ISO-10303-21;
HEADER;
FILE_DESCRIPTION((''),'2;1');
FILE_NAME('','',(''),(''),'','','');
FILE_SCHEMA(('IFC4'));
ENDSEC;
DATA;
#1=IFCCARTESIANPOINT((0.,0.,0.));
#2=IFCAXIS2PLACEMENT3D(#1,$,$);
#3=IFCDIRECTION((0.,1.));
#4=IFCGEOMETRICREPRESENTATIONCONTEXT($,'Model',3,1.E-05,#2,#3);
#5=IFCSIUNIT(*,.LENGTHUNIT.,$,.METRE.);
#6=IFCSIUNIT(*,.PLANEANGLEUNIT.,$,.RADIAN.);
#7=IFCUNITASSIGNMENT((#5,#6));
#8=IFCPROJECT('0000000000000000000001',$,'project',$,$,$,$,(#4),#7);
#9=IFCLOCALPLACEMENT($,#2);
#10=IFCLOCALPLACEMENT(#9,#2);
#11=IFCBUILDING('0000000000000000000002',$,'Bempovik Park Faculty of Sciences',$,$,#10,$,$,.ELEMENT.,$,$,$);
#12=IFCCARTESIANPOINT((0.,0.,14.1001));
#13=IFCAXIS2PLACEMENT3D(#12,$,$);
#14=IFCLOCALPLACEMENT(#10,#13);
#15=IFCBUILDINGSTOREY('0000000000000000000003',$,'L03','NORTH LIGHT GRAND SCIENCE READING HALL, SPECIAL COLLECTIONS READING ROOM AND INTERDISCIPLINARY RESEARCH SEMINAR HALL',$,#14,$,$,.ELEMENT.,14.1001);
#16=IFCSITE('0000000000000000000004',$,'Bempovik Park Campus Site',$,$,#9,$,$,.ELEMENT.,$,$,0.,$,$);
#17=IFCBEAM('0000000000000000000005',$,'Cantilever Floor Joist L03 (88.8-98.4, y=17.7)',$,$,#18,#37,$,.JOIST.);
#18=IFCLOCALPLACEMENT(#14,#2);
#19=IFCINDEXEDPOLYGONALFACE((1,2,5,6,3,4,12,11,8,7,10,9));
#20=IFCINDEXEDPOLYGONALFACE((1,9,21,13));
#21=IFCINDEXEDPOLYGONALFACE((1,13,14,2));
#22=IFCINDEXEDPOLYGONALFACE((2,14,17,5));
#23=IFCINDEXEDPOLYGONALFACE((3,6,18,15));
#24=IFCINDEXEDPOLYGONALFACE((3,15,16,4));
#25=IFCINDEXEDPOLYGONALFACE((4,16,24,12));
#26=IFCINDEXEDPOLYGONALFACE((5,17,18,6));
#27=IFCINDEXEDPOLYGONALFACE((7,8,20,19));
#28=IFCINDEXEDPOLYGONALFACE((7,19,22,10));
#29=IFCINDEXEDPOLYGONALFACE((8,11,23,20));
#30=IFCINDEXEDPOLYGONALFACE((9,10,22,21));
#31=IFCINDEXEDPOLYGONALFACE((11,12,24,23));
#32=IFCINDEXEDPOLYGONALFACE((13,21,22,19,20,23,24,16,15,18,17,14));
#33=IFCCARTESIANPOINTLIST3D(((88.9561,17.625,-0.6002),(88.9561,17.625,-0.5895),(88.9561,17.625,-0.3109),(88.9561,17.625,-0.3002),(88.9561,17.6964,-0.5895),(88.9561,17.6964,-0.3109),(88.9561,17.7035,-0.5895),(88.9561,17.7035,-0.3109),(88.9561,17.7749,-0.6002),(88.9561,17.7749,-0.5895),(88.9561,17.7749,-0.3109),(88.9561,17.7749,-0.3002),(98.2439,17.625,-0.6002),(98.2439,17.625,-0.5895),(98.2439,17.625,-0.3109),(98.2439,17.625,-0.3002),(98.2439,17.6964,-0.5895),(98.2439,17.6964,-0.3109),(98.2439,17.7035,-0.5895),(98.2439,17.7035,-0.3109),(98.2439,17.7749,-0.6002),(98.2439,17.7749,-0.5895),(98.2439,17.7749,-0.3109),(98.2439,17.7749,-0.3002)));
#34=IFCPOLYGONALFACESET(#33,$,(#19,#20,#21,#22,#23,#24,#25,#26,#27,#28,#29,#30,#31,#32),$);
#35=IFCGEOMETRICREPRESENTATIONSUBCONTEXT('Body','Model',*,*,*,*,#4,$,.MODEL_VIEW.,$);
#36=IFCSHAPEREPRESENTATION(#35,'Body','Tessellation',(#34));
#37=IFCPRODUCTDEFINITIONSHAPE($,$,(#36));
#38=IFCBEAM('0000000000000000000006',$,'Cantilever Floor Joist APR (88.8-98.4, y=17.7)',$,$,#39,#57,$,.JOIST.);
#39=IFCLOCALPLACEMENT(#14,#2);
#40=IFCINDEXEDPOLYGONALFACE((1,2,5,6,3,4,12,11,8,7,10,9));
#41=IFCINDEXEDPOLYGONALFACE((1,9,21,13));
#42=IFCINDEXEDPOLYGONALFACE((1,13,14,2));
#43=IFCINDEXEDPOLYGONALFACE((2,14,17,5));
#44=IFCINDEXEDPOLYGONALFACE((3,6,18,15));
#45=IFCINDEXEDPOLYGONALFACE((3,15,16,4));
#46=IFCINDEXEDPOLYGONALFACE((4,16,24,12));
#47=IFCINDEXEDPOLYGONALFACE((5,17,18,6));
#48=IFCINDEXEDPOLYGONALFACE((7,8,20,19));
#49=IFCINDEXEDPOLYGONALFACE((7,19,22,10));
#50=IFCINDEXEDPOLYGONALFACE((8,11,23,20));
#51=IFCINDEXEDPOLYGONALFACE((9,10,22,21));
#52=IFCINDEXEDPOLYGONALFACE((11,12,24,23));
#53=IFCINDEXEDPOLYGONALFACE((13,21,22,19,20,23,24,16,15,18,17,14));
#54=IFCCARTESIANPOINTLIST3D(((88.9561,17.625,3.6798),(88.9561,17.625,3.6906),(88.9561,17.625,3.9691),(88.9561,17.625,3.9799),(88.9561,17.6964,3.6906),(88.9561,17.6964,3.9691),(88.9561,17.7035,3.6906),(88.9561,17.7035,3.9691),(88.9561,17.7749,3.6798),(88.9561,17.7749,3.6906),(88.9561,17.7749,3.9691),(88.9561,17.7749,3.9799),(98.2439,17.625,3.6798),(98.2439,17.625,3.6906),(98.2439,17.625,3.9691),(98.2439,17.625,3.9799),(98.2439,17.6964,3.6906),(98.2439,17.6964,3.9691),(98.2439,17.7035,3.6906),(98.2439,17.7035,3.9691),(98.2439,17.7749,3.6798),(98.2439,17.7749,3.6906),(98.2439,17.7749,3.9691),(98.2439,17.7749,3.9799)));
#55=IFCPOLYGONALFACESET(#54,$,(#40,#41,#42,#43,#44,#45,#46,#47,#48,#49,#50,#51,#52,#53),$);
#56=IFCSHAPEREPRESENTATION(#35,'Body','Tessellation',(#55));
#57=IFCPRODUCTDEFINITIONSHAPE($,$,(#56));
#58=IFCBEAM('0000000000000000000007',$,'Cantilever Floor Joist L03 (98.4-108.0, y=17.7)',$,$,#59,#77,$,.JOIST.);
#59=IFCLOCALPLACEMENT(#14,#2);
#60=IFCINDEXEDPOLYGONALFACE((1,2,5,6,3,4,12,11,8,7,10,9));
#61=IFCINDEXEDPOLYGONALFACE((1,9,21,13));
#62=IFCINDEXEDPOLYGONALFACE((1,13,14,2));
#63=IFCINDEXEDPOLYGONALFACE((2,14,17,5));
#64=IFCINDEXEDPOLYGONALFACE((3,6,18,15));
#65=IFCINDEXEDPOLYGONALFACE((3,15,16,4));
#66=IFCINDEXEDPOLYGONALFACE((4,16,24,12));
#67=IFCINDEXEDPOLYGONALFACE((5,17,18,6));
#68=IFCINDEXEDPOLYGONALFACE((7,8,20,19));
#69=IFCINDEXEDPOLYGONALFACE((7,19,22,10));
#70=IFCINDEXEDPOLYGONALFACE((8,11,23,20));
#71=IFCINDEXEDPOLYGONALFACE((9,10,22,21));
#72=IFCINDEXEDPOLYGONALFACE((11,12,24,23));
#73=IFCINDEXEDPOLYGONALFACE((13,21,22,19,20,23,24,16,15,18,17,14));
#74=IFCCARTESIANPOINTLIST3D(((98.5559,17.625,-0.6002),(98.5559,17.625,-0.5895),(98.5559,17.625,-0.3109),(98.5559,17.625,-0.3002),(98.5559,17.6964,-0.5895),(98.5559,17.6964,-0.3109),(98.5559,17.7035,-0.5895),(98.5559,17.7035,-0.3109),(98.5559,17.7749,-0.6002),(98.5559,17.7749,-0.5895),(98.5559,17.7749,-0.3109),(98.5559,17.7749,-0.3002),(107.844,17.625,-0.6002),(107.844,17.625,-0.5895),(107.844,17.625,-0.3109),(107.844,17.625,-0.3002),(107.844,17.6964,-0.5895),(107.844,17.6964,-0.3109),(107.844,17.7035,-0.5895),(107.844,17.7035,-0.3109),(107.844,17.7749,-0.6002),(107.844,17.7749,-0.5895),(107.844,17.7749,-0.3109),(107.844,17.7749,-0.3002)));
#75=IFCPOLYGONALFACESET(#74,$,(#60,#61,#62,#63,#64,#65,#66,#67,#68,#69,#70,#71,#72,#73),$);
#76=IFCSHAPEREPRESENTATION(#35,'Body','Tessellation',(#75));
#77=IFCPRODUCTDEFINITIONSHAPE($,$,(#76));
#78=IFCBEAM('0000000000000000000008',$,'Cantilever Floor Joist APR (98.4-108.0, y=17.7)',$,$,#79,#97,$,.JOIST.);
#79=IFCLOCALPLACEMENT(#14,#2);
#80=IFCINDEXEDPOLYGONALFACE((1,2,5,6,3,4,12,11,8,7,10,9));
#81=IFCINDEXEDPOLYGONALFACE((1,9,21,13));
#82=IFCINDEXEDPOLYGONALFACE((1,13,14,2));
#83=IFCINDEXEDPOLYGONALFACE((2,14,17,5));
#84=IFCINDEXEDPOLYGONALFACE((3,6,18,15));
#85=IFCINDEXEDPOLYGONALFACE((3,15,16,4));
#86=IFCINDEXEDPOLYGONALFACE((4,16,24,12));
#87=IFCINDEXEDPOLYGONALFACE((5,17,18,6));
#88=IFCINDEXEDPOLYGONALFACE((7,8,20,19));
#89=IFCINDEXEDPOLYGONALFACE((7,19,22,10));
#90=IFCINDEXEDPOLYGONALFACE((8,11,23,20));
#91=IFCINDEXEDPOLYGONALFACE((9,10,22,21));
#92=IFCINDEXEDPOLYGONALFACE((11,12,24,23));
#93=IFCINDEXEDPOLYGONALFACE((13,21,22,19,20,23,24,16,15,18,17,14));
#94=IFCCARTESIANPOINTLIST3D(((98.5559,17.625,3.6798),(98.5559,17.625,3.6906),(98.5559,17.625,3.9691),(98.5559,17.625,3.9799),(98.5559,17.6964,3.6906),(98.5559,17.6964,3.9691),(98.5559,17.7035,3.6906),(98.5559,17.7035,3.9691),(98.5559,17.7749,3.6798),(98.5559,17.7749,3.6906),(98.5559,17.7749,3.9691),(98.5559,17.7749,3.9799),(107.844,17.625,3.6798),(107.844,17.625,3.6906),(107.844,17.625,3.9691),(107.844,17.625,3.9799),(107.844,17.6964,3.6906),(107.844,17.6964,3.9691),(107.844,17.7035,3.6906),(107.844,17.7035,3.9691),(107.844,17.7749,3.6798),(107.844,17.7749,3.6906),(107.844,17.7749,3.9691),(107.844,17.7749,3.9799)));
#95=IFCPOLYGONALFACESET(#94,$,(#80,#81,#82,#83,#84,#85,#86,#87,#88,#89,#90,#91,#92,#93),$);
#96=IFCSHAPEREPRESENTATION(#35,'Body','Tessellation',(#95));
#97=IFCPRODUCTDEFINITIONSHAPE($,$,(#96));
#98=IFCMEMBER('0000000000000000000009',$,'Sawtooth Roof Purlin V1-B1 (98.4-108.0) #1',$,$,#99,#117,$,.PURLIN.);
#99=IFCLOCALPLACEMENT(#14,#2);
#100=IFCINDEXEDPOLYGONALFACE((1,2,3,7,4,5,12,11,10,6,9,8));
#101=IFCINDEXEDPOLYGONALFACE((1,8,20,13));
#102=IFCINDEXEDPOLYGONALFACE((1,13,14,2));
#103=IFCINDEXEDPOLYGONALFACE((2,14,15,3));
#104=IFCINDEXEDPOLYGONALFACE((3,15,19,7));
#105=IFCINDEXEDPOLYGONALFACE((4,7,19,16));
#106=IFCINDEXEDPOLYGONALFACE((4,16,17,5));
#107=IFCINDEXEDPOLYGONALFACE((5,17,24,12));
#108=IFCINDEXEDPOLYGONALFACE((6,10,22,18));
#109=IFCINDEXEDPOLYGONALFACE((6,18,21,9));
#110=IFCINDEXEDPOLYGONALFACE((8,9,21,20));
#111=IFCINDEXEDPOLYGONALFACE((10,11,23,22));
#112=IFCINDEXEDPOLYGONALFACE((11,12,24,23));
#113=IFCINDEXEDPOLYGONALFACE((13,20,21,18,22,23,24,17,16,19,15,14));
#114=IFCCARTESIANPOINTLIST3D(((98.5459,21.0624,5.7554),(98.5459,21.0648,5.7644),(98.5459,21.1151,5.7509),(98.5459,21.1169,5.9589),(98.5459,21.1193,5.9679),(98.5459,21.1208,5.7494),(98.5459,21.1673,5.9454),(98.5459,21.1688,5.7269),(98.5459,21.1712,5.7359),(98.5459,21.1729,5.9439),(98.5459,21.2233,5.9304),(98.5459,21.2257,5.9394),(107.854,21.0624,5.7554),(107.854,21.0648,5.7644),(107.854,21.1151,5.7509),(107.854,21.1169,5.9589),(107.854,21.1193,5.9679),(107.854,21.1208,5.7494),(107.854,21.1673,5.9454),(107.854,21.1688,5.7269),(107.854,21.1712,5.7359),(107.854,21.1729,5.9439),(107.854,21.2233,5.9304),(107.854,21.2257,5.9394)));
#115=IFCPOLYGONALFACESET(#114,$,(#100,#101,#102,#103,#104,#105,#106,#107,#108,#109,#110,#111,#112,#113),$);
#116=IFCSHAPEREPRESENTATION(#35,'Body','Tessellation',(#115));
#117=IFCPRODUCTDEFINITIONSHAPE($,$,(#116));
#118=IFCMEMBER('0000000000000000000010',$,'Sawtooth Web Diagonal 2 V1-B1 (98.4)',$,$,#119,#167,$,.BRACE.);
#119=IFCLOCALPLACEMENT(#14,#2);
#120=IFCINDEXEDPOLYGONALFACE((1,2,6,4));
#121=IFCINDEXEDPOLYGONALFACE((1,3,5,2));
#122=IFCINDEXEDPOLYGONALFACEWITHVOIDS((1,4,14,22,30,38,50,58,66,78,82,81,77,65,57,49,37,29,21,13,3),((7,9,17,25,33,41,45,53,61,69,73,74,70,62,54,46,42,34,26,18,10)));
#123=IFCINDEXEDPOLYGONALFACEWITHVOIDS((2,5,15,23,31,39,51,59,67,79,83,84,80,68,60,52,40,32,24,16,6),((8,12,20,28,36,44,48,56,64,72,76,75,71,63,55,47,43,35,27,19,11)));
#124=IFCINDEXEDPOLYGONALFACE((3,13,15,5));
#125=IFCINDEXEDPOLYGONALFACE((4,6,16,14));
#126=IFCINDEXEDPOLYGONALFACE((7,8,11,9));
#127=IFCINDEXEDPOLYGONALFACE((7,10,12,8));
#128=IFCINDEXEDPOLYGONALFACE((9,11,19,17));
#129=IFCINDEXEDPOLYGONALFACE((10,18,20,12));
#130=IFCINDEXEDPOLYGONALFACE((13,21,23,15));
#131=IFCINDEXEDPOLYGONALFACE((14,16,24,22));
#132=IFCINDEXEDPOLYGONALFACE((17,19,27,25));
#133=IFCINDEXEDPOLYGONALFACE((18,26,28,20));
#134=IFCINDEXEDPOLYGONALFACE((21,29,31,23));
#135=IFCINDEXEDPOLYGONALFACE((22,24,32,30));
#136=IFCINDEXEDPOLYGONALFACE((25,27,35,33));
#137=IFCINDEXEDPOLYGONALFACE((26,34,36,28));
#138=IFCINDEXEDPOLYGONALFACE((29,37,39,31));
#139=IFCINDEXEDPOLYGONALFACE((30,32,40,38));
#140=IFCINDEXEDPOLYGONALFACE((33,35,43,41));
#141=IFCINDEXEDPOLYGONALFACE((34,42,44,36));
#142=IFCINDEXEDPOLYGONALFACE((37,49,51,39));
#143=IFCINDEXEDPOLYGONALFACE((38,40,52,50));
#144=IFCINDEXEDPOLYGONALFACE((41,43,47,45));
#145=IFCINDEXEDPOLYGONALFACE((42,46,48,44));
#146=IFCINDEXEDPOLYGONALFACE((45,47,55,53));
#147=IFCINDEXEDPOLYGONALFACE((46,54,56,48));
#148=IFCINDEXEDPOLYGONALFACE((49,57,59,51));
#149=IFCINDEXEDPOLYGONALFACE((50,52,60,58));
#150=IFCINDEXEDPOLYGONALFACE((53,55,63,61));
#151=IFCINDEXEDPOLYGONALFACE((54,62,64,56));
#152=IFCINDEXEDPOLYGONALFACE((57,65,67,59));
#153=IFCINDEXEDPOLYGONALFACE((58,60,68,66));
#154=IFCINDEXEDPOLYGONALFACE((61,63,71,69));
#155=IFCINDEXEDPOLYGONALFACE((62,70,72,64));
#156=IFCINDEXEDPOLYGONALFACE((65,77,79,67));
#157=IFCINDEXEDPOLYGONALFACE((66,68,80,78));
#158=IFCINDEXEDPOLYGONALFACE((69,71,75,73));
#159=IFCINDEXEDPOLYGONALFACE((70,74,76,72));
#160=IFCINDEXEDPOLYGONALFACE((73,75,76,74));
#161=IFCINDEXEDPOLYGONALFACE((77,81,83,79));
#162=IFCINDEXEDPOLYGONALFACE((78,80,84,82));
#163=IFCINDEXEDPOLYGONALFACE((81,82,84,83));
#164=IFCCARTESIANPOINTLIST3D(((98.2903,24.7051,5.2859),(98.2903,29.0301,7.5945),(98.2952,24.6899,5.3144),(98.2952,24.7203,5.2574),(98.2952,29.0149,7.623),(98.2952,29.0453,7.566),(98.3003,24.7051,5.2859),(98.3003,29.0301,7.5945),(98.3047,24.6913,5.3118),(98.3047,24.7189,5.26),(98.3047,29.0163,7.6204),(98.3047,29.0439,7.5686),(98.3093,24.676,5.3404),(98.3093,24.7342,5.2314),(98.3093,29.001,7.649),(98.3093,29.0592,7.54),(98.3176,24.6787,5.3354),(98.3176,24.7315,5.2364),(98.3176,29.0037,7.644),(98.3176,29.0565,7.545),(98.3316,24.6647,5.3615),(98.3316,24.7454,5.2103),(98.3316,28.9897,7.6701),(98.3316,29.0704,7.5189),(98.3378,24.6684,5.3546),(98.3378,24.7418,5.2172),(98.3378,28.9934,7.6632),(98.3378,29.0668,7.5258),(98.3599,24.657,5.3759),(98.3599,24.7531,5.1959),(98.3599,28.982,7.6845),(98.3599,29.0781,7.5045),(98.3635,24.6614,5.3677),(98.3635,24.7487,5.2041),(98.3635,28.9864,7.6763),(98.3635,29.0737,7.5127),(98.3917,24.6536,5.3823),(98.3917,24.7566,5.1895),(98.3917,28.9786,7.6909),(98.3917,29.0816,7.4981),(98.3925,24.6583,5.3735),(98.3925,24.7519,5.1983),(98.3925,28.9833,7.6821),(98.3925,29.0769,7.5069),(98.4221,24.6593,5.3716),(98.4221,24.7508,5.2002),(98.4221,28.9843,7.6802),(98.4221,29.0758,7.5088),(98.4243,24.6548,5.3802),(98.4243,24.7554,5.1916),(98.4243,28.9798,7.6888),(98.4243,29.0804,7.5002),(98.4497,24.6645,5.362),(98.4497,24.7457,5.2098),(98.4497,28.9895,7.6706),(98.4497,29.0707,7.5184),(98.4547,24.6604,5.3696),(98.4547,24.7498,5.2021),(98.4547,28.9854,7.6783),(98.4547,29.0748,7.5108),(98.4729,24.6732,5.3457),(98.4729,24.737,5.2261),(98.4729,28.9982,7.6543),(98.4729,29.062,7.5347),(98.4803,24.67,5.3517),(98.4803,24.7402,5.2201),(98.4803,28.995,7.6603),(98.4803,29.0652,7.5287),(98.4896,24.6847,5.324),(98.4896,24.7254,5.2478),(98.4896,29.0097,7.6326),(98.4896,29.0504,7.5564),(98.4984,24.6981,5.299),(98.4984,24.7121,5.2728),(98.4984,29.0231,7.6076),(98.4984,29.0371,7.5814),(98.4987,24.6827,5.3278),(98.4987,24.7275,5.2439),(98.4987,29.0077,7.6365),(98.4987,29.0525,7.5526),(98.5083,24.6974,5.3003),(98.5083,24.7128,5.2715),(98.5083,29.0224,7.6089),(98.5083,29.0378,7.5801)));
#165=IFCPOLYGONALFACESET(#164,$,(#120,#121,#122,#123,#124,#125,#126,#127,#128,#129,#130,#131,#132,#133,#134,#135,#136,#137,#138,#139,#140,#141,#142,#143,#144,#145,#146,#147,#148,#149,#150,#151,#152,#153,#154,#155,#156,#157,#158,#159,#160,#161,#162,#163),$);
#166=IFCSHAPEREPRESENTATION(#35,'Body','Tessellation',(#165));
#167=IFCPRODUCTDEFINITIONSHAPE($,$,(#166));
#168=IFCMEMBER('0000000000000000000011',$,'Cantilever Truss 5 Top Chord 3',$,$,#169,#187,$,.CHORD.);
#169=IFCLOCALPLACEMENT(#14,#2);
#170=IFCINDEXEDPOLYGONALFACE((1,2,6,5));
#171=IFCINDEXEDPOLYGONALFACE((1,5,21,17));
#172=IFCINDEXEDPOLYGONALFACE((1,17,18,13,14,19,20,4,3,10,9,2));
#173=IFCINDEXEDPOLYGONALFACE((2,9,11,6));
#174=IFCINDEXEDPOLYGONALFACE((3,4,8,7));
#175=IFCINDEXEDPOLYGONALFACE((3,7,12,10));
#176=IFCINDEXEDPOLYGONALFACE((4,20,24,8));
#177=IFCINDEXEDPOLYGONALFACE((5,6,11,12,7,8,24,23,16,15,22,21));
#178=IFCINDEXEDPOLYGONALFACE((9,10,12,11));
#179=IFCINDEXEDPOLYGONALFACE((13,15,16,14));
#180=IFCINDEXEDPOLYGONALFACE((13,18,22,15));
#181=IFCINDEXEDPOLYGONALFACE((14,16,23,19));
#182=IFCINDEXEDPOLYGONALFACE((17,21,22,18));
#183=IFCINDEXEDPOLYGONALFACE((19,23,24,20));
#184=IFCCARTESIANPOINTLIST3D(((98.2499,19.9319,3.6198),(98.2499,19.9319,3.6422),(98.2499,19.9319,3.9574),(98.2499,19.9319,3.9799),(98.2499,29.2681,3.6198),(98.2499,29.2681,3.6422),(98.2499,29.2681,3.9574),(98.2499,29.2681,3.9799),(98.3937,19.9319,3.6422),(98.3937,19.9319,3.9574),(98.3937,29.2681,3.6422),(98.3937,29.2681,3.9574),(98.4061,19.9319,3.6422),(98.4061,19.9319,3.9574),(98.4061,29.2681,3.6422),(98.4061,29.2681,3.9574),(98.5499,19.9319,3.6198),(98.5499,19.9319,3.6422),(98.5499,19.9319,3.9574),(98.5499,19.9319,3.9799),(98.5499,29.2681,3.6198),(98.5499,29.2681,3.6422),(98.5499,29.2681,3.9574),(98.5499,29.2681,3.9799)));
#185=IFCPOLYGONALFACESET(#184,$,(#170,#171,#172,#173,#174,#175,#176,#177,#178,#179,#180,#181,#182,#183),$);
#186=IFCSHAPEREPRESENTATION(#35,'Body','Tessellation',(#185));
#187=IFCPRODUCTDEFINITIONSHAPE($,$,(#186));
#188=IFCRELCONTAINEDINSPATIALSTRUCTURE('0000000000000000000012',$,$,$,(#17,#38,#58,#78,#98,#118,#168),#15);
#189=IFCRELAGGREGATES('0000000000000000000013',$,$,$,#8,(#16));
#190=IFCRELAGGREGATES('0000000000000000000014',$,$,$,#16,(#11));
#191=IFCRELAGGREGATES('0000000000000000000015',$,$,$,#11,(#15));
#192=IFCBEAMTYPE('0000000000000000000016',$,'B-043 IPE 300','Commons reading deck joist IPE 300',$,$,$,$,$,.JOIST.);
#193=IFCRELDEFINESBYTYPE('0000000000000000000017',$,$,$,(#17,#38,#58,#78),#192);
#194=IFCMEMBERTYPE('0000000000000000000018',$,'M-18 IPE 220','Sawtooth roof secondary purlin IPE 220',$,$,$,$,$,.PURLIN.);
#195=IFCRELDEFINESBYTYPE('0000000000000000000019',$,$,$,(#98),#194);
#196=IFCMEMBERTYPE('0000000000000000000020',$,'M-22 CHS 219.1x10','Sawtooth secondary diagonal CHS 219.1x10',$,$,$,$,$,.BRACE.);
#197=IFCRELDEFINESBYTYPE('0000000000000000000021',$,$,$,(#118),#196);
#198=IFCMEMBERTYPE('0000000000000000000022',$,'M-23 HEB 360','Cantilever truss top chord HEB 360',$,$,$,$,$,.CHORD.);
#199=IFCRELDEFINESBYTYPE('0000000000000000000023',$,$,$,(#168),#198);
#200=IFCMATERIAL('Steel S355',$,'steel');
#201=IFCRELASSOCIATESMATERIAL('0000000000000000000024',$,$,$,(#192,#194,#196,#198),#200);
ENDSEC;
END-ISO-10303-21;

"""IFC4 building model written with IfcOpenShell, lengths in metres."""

from ifc_helpers import new_model, si_unit, direction, frame, origin, origin_2d, place, context, subcontext, project, spatial, hollow_circle, i_section, extrude, material, material_profile, profile_set, type_object, element, save


model = new_model("IFC4")

# Units and contexts
model_context = context("Model", 3, precision=1e-05, world=origin(), true_north=direction((0.0, 1.0)))
body_context = subcontext(model_context, "Body", "Model", "MODEL_VIEW")
ifc_project = project(units=[si_unit("LENGTHUNIT", "METRE"), si_unit("PLANEANGLEUNIT", "RADIAN")], contexts=[model_context])

# Site, building, storey
site_placement = place(None, origin())
site = spatial("IfcSite", under=ifc_project, at=site_placement, Name="Bempovik Park Campus Site", CompositionType="ELEMENT", RefElevation=0.0)
building_placement = place(site_placement, origin())
building = spatial("IfcBuilding", under=site, at=building_placement, Name="Bempovik Park Faculty of Sciences", CompositionType="ELEMENT")
storey_placement = place(building_placement, frame((0.0, 0.0, 14.1001)))
storey = spatial("IfcBuildingStorey", under=building, at=storey_placement, Name="L03", Description="NORTH LIGHT GRAND SCIENCE READING HALL, SPECIAL COLLECTIONS READING ROOM AND INTERDISCIPLINARY RESEARCH SEMINAR HALL", CompositionType="ELEMENT", Elevation=14.1001)

# Shared definitions
ifc_material_1 = material(Name="Steel S355", Category="steel")

# Beams
ifc_material_profile_1 = material_profile(ifc_material_1, i_section(OverallWidth=0.1499, OverallDepth=0.3, WebThickness=0.0071, FlangeThickness=0.0107, at=origin_2d()), Name="IPE 300")
ifc_profile_set_1 = profile_set([ifc_material_profile_1], Name="Steel S355")
beam_type_1 = type_object("IfcBeamType", Name="B-043 IPE 300", Description="Commons reading deck joist IPE 300", PredefinedType="JOIST", material=ifc_profile_set_1)
for number, where, z_axis, x_axis, name in (
    (1, (88.9561, 17.7, -0.4502), (1.0, 0.0, 0.0), (0.0, 1.0, 0.0), "Cantilever Floor Joist L03 (88.8-98.4, y=17.7)"),
    (2, (88.9561, 17.7, 3.8298), (1.0, 0.0, 0.0), (0.0, 1.0, 0.0), "Cantilever Floor Joist APR (88.8-98.4, y=17.7)"),
):
    element("IfcBeam", number, at=place(storey_placement, frame(where, z_axis=z_axis, x_axis=x_axis)), inside=storey, type_object=beam_type_1, Name=name, PredefinedType="JOIST", context=body_context, shape_type="SweptSolid", body=[
        extrude(i_section(OverallWidth=0.1499, OverallDepth=0.3, WebThickness=0.0071, FlangeThickness=0.0107, at=origin_2d()), origin(), (0.0, 0.0, 1.0), 9.2878),
    ])
for number, where, z_axis, x_axis, name in (
    (3, (98.5559, 17.7, -0.4502), (1.0, 0.0, 0.0), (0.0, 1.0, 0.0), "Cantilever Floor Joist L03 (98.4-108.0, y=17.7)"),
    (4, (98.5559, 17.7, 3.8298), (1.0, 0.0, 0.0), (0.0, 1.0, 0.0), "Cantilever Floor Joist APR (98.4-108.0, y=17.7)"),
):
    element("IfcBeam", number, at=place(storey_placement, frame(where, z_axis=z_axis, x_axis=x_axis)), inside=storey, type_object=beam_type_1, Name=name, PredefinedType="JOIST", context=body_context, shape_type="SweptSolid", body=[
        extrude(i_section(OverallWidth=0.1499, OverallDepth=0.3, WebThickness=0.0071, FlangeThickness=0.0107, at=origin_2d()), origin(), (0.0, 0.0, 1.0), 9.2881),
    ])

# Members
ifc_material_profile_2 = material_profile(ifc_material_1, i_section(OverallWidth=0.1101, OverallDepth=0.22, WebThickness=0.0059, FlangeThickness=0.0093, at=origin_2d()), Name="IPE 220")
ifc_profile_set_2 = profile_set([ifc_material_profile_2], Name="Steel S355")
member_type_1 = type_object("IfcMemberType", Name="M-18 IPE 220", Description="Sawtooth roof secondary purlin IPE 220", PredefinedType="PURLIN", material=ifc_profile_set_2)
member_1_placement = place(storey_placement, frame((98.5459, 21.144, 5.8474), z_axis=(1.0, 0.0, 0.0), x_axis=(0.0, 0.965926, -0.258819)))
element("IfcMember", 5, at=member_1_placement, inside=storey, type_object=member_type_1, Name="Sawtooth Roof Purlin V1-B1 (98.4-108.0) #1", PredefinedType="PURLIN", context=body_context, shape_type="SweptSolid", body=[
    extrude(i_section(OverallWidth=0.1101, OverallDepth=0.22, WebThickness=0.0059, FlangeThickness=0.0093, at=origin_2d()), origin(), (0.0, 0.0, 1.0), 9.3081),
])
ifc_material_profile_3 = material_profile(ifc_material_1, hollow_circle(Radius=0.1096, WallThickness=0.01, at=origin_2d()), Name="CHS 219.1x10")
ifc_profile_set_3 = profile_set([ifc_material_profile_3], Name="Steel S355")
member_type_2 = type_object("IfcMemberType", Name="M-22 CHS 219.1x10", Description="Sawtooth secondary diagonal CHS 219.1x10", PredefinedType="BRACE", material=ifc_profile_set_3)
member_2_placement = place(storey_placement, frame((98.3999, 24.7051, 5.2859), z_axis=(0.0, 0.882187, 0.470898), x_axis=(-1.0, 0.0, 0.0)))
element("IfcMember", 6, at=member_2_placement, inside=storey, type_object=member_type_2, Name="Sawtooth Web Diagonal 2 V1-B1 (98.4)", PredefinedType="BRACE", context=body_context, shape_type="SweptSolid", body=[
    extrude(hollow_circle(Radius=0.1096, WallThickness=0.01, at=origin_2d()), origin(), (0.0, 0.0, 1.0), 4.9026),
])
ifc_material_profile_4 = material_profile(ifc_material_1, i_section(OverallWidth=0.3, OverallDepth=0.3601, WebThickness=0.0125, FlangeThickness=0.0225, at=origin_2d()), Name="HEB 360")
ifc_profile_set_4 = profile_set([ifc_material_profile_4], Name="Steel S355")
member_type_3 = type_object("IfcMemberType", Name="M-23 HEB 360", Description="Cantilever truss top chord HEB 360", PredefinedType="CHORD", material=ifc_profile_set_4)
member_3_placement = place(storey_placement, frame((98.3999, 19.9319, 3.7998), z_axis=(0.0, 1.0, 0.0), x_axis=(-1.0, 0.0, 0.0)))
element("IfcMember", 7, at=member_3_placement, inside=storey, type_object=member_type_3, Name="Cantilever Truss 5 Top Chord 3", PredefinedType="CHORD", context=body_context, shape_type="SweptSolid", body=[
    extrude(i_section(OverallWidth=0.3, OverallDepth=0.3601, WebThickness=0.0125, FlangeThickness=0.0225, at=origin_2d()), origin(), (0.0, 0.0, 1.0), 9.3362),
])

save(model, "model.ifc")
